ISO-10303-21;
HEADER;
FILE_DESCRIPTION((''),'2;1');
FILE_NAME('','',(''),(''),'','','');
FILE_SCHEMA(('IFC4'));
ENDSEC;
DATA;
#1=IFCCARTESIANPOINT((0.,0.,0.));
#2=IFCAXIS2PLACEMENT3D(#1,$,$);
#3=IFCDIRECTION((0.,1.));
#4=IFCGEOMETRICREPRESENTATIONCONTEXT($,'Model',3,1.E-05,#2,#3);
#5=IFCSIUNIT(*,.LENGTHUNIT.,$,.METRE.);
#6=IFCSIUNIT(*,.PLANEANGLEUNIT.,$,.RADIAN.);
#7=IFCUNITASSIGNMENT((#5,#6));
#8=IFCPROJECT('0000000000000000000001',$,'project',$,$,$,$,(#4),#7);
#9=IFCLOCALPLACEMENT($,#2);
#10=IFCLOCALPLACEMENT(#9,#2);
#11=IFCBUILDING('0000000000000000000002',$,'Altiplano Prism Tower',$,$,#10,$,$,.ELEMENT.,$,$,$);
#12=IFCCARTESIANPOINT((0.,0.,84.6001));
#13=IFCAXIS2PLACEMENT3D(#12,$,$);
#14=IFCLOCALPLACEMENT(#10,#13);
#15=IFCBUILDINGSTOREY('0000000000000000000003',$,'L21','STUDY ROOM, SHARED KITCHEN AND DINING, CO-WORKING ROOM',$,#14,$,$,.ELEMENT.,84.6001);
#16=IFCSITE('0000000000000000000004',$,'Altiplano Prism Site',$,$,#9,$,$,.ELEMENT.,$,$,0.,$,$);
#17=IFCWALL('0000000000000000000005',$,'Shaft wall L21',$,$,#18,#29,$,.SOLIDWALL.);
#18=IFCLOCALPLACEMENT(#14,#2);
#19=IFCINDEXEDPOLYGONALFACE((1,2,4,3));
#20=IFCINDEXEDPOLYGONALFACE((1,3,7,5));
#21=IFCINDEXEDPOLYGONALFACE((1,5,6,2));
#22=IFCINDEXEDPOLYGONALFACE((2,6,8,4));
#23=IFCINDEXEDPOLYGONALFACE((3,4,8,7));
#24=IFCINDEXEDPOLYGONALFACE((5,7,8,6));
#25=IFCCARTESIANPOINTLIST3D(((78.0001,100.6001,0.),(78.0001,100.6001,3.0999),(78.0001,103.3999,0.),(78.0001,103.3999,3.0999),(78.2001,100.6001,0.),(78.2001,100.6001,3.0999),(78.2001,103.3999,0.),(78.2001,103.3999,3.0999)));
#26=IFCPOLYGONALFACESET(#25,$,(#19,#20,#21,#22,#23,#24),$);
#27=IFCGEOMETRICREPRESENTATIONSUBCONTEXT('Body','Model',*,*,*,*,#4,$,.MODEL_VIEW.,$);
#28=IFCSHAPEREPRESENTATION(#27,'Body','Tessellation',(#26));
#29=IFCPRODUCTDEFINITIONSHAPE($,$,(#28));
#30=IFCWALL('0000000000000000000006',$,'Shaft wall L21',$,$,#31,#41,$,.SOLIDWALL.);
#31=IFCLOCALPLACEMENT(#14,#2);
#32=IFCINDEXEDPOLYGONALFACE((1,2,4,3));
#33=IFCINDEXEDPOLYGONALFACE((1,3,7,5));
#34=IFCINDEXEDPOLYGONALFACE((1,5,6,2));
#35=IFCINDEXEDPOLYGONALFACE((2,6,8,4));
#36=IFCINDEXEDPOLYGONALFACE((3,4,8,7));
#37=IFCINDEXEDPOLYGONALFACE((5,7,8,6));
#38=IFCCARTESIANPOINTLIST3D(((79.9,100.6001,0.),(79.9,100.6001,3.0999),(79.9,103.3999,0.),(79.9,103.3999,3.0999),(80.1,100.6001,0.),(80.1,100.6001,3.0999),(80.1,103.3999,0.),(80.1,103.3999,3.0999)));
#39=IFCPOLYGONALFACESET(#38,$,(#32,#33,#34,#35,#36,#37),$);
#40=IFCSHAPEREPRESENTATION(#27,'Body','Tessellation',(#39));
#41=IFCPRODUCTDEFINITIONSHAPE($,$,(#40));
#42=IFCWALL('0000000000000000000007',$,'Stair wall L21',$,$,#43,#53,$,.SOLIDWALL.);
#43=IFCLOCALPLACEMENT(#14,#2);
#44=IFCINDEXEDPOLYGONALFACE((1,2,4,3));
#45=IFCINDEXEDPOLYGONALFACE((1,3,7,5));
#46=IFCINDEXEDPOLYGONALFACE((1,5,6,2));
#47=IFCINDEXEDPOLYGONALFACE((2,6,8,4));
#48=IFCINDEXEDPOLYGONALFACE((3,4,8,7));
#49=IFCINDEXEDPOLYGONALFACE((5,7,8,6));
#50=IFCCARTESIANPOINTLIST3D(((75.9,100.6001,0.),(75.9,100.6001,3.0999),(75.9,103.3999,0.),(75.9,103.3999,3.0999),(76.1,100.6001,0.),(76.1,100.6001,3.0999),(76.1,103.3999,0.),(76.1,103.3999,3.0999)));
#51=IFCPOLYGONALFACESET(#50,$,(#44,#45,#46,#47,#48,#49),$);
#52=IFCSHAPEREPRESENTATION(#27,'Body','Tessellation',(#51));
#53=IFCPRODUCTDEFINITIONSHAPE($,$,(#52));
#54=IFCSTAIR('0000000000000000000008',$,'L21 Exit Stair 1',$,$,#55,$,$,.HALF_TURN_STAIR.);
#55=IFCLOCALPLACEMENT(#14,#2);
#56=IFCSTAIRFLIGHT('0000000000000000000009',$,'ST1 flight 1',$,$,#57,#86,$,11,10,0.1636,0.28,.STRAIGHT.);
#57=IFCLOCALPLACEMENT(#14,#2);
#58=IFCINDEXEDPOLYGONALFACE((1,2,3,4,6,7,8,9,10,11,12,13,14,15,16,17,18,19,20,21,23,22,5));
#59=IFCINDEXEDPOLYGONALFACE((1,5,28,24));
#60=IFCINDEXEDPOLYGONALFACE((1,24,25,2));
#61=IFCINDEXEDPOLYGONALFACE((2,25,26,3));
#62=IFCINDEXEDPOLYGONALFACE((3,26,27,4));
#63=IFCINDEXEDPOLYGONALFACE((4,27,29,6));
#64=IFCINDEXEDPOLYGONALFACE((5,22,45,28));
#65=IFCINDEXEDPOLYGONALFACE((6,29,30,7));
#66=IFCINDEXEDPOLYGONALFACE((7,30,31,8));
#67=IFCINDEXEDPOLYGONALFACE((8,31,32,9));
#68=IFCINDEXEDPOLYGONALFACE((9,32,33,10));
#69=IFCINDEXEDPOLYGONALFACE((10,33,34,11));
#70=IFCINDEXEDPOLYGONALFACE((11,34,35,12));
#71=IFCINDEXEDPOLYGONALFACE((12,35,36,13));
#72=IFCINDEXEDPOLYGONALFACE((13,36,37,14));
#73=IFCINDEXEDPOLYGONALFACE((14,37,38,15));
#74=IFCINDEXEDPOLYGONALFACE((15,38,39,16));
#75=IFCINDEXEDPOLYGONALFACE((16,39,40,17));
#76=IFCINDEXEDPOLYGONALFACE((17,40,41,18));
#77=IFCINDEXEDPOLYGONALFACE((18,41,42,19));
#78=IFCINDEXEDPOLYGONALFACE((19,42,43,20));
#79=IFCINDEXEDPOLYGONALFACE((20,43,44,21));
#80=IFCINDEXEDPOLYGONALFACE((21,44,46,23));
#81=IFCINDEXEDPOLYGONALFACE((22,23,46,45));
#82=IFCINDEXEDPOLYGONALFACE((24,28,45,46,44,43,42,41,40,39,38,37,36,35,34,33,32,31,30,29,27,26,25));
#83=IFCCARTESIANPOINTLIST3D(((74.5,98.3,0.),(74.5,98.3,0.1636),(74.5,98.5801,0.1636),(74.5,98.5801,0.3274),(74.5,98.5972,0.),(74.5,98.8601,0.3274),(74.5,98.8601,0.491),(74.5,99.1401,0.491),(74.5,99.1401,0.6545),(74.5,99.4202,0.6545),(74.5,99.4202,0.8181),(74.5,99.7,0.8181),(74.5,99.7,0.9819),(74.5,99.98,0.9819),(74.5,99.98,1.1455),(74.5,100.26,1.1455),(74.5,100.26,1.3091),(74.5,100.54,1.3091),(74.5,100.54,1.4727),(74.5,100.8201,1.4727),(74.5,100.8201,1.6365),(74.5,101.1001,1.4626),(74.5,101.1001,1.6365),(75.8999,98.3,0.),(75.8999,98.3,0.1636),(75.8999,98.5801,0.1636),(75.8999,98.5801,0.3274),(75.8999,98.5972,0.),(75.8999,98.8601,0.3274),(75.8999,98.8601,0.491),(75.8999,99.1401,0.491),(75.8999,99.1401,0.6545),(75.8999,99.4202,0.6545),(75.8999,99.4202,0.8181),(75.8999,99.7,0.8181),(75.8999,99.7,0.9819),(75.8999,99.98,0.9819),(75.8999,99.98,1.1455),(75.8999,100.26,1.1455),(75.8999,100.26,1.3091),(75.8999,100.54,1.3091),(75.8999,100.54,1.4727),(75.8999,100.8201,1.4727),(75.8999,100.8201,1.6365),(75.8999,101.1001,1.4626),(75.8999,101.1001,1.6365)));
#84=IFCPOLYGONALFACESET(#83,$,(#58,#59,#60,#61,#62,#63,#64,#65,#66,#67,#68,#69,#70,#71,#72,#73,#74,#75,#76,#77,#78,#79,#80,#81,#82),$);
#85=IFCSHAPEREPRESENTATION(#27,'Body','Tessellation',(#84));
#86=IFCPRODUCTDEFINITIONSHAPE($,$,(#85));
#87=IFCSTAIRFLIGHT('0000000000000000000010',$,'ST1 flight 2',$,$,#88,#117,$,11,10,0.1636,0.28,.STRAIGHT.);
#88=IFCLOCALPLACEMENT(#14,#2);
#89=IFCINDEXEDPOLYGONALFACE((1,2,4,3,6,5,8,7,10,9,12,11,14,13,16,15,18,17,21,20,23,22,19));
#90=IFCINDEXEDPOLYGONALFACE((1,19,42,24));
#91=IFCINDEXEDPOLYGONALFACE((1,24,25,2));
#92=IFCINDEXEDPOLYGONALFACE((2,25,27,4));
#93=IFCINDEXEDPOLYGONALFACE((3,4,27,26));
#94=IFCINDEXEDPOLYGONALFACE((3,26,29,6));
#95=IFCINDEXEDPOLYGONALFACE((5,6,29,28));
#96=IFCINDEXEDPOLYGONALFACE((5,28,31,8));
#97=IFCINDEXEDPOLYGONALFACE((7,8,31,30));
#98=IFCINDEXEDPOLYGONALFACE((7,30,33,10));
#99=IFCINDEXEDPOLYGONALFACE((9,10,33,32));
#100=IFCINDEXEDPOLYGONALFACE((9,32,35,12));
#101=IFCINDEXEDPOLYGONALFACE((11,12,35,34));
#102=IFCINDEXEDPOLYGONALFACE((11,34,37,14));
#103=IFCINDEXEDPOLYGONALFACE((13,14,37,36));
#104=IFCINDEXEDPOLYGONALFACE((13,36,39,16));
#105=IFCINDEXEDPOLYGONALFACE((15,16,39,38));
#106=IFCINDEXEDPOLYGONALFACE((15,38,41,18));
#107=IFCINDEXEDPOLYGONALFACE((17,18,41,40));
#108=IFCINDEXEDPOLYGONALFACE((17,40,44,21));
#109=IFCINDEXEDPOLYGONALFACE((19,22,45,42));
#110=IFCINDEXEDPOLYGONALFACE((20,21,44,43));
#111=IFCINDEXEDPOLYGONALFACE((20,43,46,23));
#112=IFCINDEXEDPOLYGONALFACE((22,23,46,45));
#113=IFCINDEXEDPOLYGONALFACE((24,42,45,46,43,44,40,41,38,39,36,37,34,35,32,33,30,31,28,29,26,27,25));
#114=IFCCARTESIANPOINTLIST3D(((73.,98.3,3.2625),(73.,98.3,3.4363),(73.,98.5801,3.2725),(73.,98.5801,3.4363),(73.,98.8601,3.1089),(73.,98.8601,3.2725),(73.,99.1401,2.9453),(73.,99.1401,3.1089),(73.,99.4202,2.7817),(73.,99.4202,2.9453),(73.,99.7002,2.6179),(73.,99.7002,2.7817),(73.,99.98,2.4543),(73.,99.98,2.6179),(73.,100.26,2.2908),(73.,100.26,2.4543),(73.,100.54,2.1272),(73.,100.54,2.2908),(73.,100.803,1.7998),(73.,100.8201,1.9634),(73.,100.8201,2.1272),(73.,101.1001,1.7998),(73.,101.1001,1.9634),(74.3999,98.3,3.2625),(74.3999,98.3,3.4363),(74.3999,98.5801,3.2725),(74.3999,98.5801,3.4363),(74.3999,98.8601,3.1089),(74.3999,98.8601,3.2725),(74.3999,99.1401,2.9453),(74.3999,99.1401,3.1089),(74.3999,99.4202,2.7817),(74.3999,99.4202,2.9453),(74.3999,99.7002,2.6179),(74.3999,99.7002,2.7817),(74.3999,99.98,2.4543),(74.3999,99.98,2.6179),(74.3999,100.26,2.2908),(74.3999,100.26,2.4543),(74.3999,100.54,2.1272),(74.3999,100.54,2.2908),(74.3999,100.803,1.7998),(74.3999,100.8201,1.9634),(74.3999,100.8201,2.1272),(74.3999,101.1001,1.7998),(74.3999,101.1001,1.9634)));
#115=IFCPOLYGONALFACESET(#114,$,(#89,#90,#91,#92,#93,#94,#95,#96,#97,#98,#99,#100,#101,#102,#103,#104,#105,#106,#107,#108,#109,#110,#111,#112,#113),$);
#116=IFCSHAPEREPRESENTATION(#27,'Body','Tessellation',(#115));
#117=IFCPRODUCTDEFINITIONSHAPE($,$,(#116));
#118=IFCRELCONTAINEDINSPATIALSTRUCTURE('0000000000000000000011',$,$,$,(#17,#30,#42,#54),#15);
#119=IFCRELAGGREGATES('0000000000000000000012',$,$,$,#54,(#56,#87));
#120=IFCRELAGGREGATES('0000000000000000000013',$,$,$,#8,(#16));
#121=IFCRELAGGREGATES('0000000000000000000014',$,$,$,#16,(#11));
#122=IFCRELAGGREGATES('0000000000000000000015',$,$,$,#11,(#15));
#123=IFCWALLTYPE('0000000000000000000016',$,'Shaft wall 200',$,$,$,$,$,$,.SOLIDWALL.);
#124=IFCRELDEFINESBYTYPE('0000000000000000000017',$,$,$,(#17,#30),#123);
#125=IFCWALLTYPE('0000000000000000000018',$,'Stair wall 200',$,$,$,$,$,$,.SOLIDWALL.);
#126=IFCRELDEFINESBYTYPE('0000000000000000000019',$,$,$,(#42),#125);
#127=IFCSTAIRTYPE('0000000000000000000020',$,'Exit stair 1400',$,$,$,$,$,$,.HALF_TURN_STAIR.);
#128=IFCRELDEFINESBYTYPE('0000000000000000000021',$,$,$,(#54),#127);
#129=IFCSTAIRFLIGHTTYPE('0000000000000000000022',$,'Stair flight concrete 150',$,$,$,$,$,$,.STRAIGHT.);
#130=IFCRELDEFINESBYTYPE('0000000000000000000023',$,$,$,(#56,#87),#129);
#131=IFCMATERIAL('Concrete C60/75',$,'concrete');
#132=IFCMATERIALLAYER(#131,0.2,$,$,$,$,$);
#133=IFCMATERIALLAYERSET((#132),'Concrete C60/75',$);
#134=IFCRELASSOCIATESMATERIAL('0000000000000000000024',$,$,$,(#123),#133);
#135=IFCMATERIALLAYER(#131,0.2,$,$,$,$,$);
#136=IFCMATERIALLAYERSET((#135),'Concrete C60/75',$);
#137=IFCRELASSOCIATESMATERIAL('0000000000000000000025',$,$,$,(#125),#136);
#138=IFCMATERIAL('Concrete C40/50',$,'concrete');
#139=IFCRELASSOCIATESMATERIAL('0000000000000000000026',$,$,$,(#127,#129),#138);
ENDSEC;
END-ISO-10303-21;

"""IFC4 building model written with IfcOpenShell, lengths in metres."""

from ifc_helpers import new_model, si_unit, direction, frame, frame_2d, origin, place, context, subcontext, project, spatial, polyline, rectangle, outline, extrude, material, layer, layer_set, type_object, element, aggregate, save


model = new_model("IFC4")

# Units and contexts
model_context = context("Model", 3, precision=1e-05, world=origin(), true_north=direction((0.0, 1.0)))
body_context = subcontext(model_context, "Body", "Model", "MODEL_VIEW")
ifc_project = project(units=[si_unit("LENGTHUNIT", "METRE"), si_unit("PLANEANGLEUNIT", "RADIAN")], contexts=[model_context])

# Site, building, storey
site_placement = place(None, origin())
site = spatial("IfcSite", under=ifc_project, at=site_placement, Name="Altiplano Prism Site", CompositionType="ELEMENT", RefElevation=0.0)
building_placement = place(site_placement, origin())
building = spatial("IfcBuilding", under=site, at=building_placement, Name="Altiplano Prism Tower", CompositionType="ELEMENT")
storey_placement = place(building_placement, frame((0.0, 0.0, 84.6001)))
storey = spatial("IfcBuildingStorey", under=building, at=storey_placement, Name="L21", Description="STUDY ROOM, SHARED KITCHEN AND DINING, CO-WORKING ROOM", CompositionType="ELEMENT", Elevation=84.6001)

# Walls
ifc_material_1 = material(Name="Concrete C60/75", Category="concrete")
ifc_layer_1 = layer(ifc_material_1, 0.2)
ifc_layer_set_1 = layer_set([ifc_layer_1], Name="Concrete C60/75")
wall_type_1 = type_object("IfcWallType", Name="Shaft wall 200", PredefinedType="SOLIDWALL", material=ifc_layer_set_1)
for number, where, z_axis, x_axis, name in (
    (1, (78.1001, 100.6001, 0.0), (0.0, 0.0, 1.0), (0.0, 1.0, 0.0), "Shaft wall L21"),
    (2, (80.0, 100.6001, 0.0), (0.0, 0.0, 1.0), (0.0, 1.0, 0.0), "Shaft wall L21"),
):
    element("IfcWall", number, at=place(storey_placement, frame(where, z_axis=z_axis, x_axis=x_axis)), inside=storey, type_object=wall_type_1, Name=name, PredefinedType="SOLIDWALL", context=body_context, shape_type="SweptSolid", body=[
        extrude(rectangle(XDim=2.7998, YDim=0.2, at=frame_2d((1.3999, 0.0))), origin(), (0.0, 0.0, 1.0), 3.0999),
    ])

# Shared definitions
ifc_layer_2 = layer(ifc_material_1, 0.2)
ifc_layer_set_2 = layer_set([ifc_layer_2], Name="Concrete C60/75")
wall_type_2 = type_object("IfcWallType", Name="Stair wall 200", PredefinedType="SOLIDWALL", material=ifc_layer_set_2)

# Wall
wall_1_placement = place(storey_placement, frame((76.0, 100.6001, 0.0), z_axis=(0.0, 0.0, 1.0), x_axis=(0.0, 1.0, 0.0)))
element("IfcWall", 3, at=wall_1_placement, inside=storey, type_object=wall_type_2, Name="Stair wall L21", PredefinedType="SOLIDWALL", context=body_context, shape_type="SweptSolid", body=[
    extrude(rectangle(XDim=2.7998, YDim=0.2, at=frame_2d((1.3999, 0.0))), origin(), (0.0, 0.0, 1.0), 3.0999),
])

# Stair, stair flights
ifc_material_2 = material(Name="Concrete C40/50", Category="concrete")
stair_type = type_object("IfcStairType", Name="Exit stair 1400", PredefinedType="HALF_TURN_STAIR", material=ifc_material_2)
stair_placement = place(storey_placement, origin())
stair = element("IfcStair", 4, at=stair_placement, inside=storey, type_object=stair_type, Name="L21 Exit Stair 1", PredefinedType="HALF_TURN_STAIR")
stair_flight_type = type_object("IfcStairFlightType", Name="Stair flight concrete 150", PredefinedType="STRAIGHT", material=ifc_material_2)
stair_flight_1_placement = place(storey_placement, frame((75.2, 98.3, 0.0), z_axis=(0.0, 0.0, 1.0), x_axis=(0.0, 1.0, 0.0)))
stair_flight_1 = element("IfcStairFlight", 5, at=stair_flight_1_placement, type_object=stair_flight_type, Name="ST1 flight 1", NumberOfRisers=11, NumberOfTreads=10, PredefinedType="STRAIGHT", RiserHeight=0.1636, TreadLength=0.28, context=body_context, shape_type="SweptSolid", body=[
    extrude(outline(polyline([(0.0, 0.0), (0.0, 0.1636), (0.28, 0.1636), (0.28, 0.3274), (0.5601, 0.3274), (0.5601, 0.491), (0.8401, 0.491), (0.8401, 0.6545), (1.1201, 0.6545), (1.1201, 0.8181), (1.3999, 0.8181), (1.3999, 0.9819), (1.6799, 0.9819), (1.6799, 1.1455), (1.96, 1.1455), (1.96, 1.3091), (2.24, 1.3091), (2.24, 1.4727), (2.52, 1.4727), (2.52, 1.6365), (2.8, 1.6365), (2.8, 1.8), (2.8, 1.4626), (0.2971, 0.0), (0.0, 0.0)])), frame((0.0, 0.7, 0.0), z_axis=(0.0, -1.0, 0.0), x_axis=(1.0, 0.0, 0.0)), (0.0, 0.0, 1.0), 1.3999),
])
stair_flight_2_placement = place(storey_placement, frame((73.7, 101.1001, 1.7998), z_axis=(0.0, 0.0, 1.0), x_axis=(0.0, -1.0, 0.0)))
stair_flight_2 = element("IfcStairFlight", 6, at=stair_flight_2_placement, type_object=stair_flight_type, Name="ST1 flight 2", NumberOfRisers=11, NumberOfTreads=10, PredefinedType="STRAIGHT", RiserHeight=0.1636, TreadLength=0.28, context=body_context, shape_type="SweptSolid", body=[
    extrude(outline(polyline([(0.0, 0.0), (0.0, 0.1636), (0.28, 0.1636), (0.28, 0.3274), (0.5601, 0.3274), (0.5601, 0.491), (0.8401, 0.491), (0.8401, 0.6545), (1.1201, 0.6545), (1.1201, 0.8181), (1.3999, 0.8181), (1.3999, 0.9819), (1.6799, 0.9819), (1.6799, 1.1455), (1.96, 1.1455), (1.96, 1.3091), (2.24, 1.3091), (2.24, 1.4727), (2.52, 1.4727), (2.52, 1.6365), (2.8, 1.6365), (2.8, 1.8), (2.8, 1.4626), (0.2971, 0.0), (0.0, 0.0)])), frame((0.0, 0.7, 0.0), z_axis=(0.0, -1.0, 0.0), x_axis=(1.0, 0.0, 0.0)), (0.0, 0.0, 1.0), 1.3999),
])
aggregate(stair, [stair_flight_1, stair_flight_2])

save(model, "model.ifc")
